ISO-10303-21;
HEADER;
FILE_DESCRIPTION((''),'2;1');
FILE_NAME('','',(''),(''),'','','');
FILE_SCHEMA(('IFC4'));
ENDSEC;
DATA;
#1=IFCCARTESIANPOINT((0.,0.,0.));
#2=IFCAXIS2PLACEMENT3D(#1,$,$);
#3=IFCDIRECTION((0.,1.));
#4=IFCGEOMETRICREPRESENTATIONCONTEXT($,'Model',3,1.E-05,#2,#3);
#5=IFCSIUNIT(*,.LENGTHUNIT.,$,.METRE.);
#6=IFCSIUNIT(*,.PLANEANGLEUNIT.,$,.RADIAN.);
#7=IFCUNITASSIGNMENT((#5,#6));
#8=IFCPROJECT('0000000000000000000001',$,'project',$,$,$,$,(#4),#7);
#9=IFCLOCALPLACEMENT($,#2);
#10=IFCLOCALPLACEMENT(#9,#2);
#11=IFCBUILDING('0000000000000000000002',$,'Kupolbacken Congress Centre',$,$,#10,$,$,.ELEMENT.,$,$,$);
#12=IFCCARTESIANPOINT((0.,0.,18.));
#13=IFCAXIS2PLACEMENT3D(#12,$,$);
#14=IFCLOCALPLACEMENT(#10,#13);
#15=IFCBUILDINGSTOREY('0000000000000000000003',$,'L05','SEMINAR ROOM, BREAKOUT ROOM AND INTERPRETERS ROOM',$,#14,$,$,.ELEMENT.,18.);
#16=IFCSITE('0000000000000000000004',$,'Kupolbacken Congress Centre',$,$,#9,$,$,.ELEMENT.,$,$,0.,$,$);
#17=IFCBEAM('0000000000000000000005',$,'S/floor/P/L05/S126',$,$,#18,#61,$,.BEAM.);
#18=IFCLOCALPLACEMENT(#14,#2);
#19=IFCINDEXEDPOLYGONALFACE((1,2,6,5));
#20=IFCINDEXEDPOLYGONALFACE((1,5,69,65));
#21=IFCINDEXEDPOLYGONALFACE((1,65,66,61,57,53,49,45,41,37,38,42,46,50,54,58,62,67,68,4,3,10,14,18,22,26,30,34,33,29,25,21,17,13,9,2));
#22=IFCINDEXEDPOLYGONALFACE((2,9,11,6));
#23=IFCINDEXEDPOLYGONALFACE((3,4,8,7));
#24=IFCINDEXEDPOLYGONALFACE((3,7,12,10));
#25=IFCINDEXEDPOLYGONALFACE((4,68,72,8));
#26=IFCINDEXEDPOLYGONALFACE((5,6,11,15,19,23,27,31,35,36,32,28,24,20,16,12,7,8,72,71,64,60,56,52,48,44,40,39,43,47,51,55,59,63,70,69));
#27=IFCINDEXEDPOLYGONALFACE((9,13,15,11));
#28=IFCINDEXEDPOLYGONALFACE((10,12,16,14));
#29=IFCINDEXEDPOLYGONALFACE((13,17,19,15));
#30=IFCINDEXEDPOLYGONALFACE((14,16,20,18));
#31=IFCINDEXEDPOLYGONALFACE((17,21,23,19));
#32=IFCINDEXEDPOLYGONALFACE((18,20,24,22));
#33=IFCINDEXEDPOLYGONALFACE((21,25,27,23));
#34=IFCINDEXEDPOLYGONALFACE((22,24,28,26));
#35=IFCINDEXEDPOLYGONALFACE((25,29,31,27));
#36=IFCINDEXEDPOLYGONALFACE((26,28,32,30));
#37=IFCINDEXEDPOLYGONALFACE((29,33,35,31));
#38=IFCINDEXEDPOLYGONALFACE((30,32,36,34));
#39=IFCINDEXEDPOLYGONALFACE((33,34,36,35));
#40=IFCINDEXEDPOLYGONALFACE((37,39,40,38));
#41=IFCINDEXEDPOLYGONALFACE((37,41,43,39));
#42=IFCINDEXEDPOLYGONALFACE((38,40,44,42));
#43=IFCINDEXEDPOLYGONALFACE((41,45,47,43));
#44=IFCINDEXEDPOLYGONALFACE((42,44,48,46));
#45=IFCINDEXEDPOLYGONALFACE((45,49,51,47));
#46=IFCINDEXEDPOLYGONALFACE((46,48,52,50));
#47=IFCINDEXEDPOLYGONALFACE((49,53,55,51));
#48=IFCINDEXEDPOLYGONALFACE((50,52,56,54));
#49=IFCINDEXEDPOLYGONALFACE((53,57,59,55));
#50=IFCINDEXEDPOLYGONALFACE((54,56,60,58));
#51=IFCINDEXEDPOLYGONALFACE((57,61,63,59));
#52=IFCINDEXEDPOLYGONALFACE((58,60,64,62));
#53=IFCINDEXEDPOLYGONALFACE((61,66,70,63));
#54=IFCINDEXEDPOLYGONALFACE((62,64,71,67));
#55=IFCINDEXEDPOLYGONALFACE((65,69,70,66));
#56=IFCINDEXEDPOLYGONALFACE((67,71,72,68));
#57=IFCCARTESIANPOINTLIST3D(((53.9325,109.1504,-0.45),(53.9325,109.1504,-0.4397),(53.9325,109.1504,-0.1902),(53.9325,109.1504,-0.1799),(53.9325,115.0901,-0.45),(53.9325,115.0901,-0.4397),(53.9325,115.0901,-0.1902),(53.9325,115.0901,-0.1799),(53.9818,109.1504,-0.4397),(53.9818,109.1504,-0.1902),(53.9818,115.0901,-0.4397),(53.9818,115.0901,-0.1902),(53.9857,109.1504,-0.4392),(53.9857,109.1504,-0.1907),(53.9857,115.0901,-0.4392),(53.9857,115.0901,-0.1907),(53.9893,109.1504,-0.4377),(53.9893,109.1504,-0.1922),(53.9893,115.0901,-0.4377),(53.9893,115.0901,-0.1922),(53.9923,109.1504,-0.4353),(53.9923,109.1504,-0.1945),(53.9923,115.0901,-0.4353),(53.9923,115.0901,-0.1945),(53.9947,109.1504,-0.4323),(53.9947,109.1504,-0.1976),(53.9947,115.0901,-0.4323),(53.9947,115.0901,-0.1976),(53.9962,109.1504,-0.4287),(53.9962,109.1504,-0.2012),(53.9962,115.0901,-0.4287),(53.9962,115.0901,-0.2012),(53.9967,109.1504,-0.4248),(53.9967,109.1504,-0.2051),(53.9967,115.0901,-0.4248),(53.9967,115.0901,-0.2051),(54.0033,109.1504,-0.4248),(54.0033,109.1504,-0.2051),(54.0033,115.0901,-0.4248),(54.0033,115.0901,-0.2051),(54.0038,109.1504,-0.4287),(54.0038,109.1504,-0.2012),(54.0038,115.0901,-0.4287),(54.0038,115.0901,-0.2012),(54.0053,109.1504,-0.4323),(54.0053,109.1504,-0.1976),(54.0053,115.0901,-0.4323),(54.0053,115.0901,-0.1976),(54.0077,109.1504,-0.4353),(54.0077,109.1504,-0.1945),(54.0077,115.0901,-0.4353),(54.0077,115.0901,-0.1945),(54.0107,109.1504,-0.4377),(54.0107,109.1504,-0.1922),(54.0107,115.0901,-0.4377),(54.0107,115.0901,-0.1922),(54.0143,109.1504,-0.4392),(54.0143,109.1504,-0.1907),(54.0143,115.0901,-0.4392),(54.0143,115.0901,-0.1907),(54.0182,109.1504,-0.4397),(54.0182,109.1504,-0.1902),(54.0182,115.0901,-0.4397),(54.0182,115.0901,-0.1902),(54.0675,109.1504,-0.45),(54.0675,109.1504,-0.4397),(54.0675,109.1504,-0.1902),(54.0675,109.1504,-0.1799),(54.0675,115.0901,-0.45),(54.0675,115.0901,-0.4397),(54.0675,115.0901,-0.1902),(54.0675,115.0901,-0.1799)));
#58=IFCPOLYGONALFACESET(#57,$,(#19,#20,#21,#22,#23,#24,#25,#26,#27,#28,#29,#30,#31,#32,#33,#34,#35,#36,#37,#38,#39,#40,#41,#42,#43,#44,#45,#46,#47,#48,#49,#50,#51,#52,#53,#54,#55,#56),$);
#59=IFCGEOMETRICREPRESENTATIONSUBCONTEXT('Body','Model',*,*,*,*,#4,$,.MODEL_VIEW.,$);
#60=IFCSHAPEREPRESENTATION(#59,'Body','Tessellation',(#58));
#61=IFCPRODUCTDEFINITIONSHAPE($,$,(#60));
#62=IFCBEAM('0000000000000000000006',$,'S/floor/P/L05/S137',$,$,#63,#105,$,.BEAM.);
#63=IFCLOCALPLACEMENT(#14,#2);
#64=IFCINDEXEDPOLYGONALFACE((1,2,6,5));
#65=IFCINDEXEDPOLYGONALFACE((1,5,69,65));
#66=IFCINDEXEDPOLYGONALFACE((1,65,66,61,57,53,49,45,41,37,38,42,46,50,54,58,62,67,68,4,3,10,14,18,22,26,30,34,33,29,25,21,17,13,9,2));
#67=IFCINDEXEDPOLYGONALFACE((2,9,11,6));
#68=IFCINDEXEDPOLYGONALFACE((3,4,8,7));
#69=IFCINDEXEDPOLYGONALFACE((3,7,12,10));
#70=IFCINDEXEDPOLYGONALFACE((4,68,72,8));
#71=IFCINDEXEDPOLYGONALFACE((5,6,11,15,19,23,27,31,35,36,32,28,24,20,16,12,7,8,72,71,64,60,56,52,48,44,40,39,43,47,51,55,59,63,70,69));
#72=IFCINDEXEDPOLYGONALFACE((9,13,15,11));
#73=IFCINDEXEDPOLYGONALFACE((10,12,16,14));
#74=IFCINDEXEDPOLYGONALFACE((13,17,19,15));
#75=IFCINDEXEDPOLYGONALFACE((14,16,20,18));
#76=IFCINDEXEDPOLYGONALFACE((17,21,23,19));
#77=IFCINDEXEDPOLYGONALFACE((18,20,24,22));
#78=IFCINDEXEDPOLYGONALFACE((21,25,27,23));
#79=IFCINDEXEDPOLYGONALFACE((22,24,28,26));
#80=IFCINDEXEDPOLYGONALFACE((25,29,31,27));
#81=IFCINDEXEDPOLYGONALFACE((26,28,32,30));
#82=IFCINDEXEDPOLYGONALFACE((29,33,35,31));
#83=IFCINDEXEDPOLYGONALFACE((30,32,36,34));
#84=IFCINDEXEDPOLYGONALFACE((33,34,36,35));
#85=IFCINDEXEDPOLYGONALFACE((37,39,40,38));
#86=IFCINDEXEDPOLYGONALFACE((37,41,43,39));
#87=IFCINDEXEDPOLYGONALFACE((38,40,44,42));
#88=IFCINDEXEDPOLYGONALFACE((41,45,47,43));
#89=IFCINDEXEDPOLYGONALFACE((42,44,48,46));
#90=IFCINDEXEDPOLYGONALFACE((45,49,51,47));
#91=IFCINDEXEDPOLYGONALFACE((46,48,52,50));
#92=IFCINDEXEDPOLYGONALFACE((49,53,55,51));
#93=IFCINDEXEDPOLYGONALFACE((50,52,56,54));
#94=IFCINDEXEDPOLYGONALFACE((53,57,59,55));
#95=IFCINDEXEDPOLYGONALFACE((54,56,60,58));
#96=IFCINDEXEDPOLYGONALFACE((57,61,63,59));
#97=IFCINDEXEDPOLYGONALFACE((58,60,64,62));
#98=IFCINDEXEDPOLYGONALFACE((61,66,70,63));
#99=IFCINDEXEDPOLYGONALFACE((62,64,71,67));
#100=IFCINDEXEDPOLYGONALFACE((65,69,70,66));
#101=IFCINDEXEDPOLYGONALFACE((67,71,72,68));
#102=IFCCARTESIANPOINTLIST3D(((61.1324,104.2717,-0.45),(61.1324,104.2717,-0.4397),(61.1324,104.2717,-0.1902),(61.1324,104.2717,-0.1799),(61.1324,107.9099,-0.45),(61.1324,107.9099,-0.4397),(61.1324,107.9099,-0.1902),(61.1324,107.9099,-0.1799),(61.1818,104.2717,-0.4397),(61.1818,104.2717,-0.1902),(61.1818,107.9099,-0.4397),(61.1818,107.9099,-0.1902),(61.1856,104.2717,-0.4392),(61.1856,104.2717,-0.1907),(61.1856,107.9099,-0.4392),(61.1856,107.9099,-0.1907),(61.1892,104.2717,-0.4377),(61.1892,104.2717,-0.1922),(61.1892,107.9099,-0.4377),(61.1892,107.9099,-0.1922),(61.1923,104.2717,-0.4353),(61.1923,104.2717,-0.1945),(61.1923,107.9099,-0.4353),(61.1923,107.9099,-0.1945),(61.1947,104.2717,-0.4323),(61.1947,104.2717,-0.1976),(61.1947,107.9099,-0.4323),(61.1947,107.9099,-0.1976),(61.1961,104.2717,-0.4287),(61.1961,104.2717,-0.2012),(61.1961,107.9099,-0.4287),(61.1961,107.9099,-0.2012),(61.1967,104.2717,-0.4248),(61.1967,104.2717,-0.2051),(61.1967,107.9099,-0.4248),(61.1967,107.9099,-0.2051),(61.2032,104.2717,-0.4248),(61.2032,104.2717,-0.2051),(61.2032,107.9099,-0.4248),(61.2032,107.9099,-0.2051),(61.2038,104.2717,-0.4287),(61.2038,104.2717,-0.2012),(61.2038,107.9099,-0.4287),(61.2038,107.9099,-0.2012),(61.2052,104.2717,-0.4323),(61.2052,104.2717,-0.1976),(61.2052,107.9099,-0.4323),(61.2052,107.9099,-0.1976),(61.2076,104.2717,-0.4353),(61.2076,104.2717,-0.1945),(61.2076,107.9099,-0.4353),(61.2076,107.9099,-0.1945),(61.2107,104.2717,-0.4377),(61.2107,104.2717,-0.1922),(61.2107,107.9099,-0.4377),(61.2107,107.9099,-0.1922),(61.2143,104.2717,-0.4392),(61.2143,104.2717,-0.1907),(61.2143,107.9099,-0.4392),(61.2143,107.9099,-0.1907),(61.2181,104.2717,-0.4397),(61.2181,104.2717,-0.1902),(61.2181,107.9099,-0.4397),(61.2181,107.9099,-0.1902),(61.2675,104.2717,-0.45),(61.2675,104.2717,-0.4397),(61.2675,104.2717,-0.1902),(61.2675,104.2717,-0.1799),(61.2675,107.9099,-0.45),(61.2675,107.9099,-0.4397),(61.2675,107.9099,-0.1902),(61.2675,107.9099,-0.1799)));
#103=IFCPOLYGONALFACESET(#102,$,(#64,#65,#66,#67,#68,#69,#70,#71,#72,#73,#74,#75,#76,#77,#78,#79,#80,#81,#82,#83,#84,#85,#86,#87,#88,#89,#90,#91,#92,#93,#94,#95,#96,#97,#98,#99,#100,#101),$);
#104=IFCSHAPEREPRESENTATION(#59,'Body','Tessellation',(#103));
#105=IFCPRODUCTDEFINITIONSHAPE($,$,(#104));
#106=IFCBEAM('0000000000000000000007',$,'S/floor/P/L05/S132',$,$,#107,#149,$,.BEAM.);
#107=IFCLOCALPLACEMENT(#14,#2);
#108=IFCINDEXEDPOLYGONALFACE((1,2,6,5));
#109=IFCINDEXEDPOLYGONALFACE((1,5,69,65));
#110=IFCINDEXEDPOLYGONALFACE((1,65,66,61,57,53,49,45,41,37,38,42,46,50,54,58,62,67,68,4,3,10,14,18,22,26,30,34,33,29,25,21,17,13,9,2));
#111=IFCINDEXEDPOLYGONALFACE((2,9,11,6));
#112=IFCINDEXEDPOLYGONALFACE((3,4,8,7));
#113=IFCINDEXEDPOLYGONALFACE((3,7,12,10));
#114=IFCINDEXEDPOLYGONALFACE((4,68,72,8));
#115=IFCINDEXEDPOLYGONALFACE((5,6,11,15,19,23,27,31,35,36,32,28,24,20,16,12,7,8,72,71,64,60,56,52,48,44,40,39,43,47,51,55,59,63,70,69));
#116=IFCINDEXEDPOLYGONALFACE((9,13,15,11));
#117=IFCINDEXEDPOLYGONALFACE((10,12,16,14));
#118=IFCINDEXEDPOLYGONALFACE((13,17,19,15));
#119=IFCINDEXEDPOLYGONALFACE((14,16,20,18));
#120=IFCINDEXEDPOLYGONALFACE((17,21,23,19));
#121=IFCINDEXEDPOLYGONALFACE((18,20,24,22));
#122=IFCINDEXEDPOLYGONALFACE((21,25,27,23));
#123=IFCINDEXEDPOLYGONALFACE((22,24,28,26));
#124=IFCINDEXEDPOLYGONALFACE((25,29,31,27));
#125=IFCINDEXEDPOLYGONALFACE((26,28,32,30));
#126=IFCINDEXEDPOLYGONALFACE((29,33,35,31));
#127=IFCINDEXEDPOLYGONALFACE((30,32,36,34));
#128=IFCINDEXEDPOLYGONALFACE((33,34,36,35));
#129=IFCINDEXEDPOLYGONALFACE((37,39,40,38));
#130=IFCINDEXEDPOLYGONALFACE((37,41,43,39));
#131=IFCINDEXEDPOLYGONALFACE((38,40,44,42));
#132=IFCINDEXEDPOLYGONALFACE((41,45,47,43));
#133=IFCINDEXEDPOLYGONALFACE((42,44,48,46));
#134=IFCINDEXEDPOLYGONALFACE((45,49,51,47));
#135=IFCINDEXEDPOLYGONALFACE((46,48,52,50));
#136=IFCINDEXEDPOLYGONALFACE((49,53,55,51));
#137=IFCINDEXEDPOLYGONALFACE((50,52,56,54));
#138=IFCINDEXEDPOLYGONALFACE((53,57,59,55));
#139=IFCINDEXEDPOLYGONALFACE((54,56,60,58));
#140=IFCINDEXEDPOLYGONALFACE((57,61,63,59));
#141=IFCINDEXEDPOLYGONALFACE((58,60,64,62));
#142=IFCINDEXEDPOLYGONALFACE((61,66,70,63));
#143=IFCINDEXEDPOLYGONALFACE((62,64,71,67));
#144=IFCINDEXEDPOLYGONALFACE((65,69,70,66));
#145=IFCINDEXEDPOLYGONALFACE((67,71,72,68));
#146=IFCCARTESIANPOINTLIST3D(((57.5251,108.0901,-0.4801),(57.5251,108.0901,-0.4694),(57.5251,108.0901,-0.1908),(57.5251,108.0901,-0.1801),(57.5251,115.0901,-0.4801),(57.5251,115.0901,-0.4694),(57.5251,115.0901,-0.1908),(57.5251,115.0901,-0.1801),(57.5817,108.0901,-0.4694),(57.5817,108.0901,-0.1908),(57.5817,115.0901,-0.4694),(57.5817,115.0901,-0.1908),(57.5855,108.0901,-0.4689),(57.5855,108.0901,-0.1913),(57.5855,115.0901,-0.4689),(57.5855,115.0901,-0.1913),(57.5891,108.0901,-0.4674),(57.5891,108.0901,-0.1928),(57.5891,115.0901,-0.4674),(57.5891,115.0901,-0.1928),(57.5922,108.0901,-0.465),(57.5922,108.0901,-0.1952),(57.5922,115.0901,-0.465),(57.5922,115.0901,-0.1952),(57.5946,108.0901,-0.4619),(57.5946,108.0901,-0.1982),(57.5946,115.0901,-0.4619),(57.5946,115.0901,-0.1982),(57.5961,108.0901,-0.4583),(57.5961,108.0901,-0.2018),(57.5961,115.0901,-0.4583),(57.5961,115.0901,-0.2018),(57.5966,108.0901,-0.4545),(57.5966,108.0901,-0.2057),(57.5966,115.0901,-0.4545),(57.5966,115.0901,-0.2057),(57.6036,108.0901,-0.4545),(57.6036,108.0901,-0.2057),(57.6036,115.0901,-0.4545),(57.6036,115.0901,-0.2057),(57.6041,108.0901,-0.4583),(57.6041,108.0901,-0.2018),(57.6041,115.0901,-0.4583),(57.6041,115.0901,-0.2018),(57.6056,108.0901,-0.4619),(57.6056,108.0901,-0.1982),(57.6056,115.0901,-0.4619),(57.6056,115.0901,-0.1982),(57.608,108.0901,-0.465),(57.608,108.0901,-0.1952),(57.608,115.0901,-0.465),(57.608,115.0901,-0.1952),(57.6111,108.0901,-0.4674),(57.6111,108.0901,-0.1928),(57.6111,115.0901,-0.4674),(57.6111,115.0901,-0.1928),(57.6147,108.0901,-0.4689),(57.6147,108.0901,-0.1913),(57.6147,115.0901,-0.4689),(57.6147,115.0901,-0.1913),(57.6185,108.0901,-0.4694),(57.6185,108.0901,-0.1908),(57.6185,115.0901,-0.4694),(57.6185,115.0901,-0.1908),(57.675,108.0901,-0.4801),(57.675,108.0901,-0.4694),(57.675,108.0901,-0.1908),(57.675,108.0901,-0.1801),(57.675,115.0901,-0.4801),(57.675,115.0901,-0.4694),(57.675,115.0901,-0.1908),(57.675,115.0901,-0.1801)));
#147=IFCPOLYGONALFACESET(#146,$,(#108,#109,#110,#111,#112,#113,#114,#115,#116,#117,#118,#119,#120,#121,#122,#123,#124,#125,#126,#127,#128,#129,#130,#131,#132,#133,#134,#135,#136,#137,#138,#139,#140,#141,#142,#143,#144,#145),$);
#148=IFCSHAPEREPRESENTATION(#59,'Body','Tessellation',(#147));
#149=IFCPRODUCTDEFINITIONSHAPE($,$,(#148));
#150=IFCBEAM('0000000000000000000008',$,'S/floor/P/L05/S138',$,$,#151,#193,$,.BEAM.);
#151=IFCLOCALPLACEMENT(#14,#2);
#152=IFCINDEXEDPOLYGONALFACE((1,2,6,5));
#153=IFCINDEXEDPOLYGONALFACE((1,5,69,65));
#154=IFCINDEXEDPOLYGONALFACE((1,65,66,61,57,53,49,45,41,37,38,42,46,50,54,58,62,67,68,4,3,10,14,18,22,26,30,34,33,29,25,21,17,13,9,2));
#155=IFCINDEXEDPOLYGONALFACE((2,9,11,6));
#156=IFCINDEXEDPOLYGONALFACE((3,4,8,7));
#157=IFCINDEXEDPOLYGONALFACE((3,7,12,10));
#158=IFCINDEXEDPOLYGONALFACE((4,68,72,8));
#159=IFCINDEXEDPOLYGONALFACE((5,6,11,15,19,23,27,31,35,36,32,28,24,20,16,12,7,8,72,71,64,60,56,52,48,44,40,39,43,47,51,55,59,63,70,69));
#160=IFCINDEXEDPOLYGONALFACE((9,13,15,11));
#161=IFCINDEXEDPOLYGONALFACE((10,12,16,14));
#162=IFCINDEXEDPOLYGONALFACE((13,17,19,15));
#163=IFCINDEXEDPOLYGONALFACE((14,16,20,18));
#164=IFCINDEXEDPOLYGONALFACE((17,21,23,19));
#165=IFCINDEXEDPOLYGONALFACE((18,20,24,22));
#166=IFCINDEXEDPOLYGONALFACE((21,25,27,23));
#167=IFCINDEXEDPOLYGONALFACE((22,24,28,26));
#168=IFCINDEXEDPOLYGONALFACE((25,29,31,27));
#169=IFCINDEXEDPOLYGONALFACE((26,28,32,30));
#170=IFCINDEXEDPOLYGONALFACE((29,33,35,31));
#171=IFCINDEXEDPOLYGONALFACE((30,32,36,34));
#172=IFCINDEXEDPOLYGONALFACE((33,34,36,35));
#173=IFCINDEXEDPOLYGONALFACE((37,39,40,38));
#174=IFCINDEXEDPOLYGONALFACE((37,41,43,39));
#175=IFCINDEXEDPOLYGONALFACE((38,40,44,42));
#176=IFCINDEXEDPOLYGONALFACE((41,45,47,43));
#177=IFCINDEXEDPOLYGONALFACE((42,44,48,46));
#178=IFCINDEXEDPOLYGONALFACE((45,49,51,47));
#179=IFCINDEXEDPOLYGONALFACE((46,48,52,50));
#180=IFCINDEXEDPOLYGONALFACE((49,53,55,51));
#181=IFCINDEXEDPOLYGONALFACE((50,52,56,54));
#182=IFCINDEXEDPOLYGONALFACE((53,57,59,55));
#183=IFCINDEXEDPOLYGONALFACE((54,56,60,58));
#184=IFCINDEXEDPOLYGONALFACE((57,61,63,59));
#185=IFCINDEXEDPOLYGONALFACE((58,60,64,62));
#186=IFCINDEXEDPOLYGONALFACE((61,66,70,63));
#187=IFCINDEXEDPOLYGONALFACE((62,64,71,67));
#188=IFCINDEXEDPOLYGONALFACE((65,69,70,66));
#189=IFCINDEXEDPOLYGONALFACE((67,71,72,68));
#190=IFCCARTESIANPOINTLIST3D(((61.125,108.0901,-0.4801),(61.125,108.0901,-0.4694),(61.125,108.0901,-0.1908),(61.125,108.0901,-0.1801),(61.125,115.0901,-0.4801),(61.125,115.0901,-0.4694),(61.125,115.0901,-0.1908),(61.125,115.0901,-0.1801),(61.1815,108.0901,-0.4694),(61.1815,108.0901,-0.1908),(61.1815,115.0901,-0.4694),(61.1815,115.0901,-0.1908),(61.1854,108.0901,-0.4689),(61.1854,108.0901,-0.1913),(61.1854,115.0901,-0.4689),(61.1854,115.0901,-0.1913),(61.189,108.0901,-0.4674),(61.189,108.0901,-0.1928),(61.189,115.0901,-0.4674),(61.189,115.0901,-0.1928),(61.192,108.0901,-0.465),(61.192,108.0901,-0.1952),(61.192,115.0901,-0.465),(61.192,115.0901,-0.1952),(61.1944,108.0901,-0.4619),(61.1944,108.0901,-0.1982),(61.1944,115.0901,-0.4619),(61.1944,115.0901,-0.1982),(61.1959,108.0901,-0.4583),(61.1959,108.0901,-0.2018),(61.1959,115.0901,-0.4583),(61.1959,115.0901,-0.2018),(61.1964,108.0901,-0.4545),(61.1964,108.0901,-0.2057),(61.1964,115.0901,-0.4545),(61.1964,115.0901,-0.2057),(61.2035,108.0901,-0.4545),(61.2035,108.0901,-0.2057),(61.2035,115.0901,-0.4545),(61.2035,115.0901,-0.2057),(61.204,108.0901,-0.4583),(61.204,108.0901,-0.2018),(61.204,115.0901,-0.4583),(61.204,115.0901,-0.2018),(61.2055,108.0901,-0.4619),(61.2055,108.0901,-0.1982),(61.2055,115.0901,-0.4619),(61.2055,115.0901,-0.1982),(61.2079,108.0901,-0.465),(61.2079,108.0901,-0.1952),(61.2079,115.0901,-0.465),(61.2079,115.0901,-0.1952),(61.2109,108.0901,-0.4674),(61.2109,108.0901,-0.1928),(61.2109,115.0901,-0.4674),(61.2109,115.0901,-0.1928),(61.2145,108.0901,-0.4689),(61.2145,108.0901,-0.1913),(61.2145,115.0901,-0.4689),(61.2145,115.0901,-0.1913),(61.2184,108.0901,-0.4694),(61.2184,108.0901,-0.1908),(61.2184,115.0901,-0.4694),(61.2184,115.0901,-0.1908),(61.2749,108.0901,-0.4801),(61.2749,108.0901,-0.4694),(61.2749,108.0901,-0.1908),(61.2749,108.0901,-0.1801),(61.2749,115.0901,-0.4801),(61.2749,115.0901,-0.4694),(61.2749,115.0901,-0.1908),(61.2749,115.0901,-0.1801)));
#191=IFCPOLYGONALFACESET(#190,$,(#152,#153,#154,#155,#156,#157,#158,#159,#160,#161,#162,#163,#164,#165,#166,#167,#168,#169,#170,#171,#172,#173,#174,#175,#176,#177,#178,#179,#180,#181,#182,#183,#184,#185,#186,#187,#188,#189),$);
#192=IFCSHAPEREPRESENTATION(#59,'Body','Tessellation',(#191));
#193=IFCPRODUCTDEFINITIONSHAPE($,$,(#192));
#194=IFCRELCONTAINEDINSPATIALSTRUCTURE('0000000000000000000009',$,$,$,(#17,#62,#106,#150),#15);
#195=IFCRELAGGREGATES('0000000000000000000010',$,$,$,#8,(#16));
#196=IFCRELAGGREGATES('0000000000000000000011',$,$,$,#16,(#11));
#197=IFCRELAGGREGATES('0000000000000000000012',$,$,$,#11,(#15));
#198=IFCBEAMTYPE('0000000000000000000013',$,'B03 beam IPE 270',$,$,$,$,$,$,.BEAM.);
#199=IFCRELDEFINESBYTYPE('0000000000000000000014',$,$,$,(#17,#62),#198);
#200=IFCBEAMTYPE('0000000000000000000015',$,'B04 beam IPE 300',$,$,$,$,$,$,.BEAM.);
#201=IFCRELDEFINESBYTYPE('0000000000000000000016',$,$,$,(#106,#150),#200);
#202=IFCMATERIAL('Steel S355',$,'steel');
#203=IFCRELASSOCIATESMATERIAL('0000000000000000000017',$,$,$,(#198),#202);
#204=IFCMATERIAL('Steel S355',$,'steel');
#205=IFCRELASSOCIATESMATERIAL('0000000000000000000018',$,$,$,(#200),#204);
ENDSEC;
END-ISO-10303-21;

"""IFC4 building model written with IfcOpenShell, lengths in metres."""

from ifc_helpers import new_model, si_unit, direction, frame, origin, origin_2d, place, context, subcontext, project, spatial, i_section, extrude, material, material_profile, profile_set, type_object, element, save


model = new_model("IFC4")

# Units and contexts
model_context = context("Model", 3, precision=1e-05, world=origin(), true_north=direction((0.0, 1.0)))
body_context = subcontext(model_context, "Body", "Model", "MODEL_VIEW")
ifc_project = project(units=[si_unit("LENGTHUNIT", "METRE"), si_unit("PLANEANGLEUNIT", "RADIAN")], contexts=[model_context])

# Site, building, storey
site_placement = place(None, origin())
site = spatial("IfcSite", under=ifc_project, at=site_placement, Name="Kupolbacken Congress Centre", CompositionType="ELEMENT", RefElevation=0.0)
building_placement = place(site_placement, origin())
building = spatial("IfcBuilding", under=site, at=building_placement, Name="Kupolbacken Congress Centre", CompositionType="ELEMENT")
storey_placement = place(building_placement, frame((0.0, 0.0, 18.0)))
storey = spatial("IfcBuildingStorey", under=building, at=storey_placement, Name="L05", Description="SEMINAR ROOM, BREAKOUT ROOM AND INTERPRETERS ROOM", CompositionType="ELEMENT", Elevation=18.0)

# Beams
ifc_material_1 = material(Name="Steel S355", Category="steel")
ifc_material_profile_1 = material_profile(ifc_material_1, i_section(OverallWidth=0.135, OverallDepth=0.27, WebThickness=0.0066, FlangeThickness=0.0103, FilletRadius=0.0149, at=origin_2d()), Name="IPE 270")
ifc_profile_set_1 = profile_set([ifc_material_profile_1], Name="Steel S355")
beam_type_1 = type_object("IfcBeamType", Name="B03 beam IPE 270", PredefinedType="BEAM", material=ifc_profile_set_1)
beam_1_placement = place(storey_placement, frame((54.0, 109.1504, -0.3149), z_axis=(0.0, 1.0, 0.0), x_axis=(-1.0, 0.0, 0.0)))
element("IfcBeam", 1, at=beam_1_placement, inside=storey, type_object=beam_type_1, Name="S/floor/P/L05/S126", PredefinedType="BEAM", context=body_context, shape_type="SweptSolid", body=[
    extrude(i_section(OverallWidth=0.135, OverallDepth=0.27, WebThickness=0.0066, FlangeThickness=0.0103, FilletRadius=0.0149, at=origin_2d()), origin(), (0.0, 0.0, 1.0), 5.9397),
])
beam_2_placement = place(storey_placement, frame((61.2, 104.2717, -0.3149), z_axis=(0.0, 1.0, 0.0), x_axis=(-1.0, 0.0, 0.0)))
element("IfcBeam", 2, at=beam_2_placement, inside=storey, type_object=beam_type_1, Name="S/floor/P/L05/S137", PredefinedType="BEAM", context=body_context, shape_type="SweptSolid", body=[
    extrude(i_section(OverallWidth=0.135, OverallDepth=0.27, WebThickness=0.0066, FlangeThickness=0.0103, FilletRadius=0.0149, at=origin_2d()), origin(), (0.0, 0.0, 1.0), 3.6382),
])
ifc_material_2 = material(Name="Steel S355", Category="steel")
ifc_material_profile_2 = material_profile(ifc_material_2, i_section(OverallWidth=0.1499, OverallDepth=0.3, WebThickness=0.0071, FlangeThickness=0.0107, FilletRadius=0.0149, at=origin_2d()), Name="IPE 300")
ifc_profile_set_2 = profile_set([ifc_material_profile_2], Name="Steel S355")
beam_type_2 = type_object("IfcBeamType", Name="B04 beam IPE 300", PredefinedType="BEAM", material=ifc_profile_set_2)
for number, where, z_axis, x_axis, name in (
    (3, (57.6001, 108.0901, -0.3301), (0.0, 1.0, 0.0), (-1.0, 0.0, 0.0), "S/floor/P/L05/S132"),
    (4, (61.2, 108.0901, -0.3301), (0.0, 1.0, 0.0), (-1.0, 0.0, 0.0), "S/floor/P/L05/S138"),
):
    element("IfcBeam", number, at=place(storey_placement, frame(where, z_axis=z_axis, x_axis=x_axis)), inside=storey, type_object=beam_type_2, Name=name, PredefinedType="BEAM", context=body_context, shape_type="SweptSolid", body=[
        extrude(i_section(OverallWidth=0.1499, OverallDepth=0.3, WebThickness=0.0071, FlangeThickness=0.0107, FilletRadius=0.0149, at=origin_2d()), origin(), (0.0, 0.0, 1.0), 7.0),
    ])

save(model, "model.ifc")
